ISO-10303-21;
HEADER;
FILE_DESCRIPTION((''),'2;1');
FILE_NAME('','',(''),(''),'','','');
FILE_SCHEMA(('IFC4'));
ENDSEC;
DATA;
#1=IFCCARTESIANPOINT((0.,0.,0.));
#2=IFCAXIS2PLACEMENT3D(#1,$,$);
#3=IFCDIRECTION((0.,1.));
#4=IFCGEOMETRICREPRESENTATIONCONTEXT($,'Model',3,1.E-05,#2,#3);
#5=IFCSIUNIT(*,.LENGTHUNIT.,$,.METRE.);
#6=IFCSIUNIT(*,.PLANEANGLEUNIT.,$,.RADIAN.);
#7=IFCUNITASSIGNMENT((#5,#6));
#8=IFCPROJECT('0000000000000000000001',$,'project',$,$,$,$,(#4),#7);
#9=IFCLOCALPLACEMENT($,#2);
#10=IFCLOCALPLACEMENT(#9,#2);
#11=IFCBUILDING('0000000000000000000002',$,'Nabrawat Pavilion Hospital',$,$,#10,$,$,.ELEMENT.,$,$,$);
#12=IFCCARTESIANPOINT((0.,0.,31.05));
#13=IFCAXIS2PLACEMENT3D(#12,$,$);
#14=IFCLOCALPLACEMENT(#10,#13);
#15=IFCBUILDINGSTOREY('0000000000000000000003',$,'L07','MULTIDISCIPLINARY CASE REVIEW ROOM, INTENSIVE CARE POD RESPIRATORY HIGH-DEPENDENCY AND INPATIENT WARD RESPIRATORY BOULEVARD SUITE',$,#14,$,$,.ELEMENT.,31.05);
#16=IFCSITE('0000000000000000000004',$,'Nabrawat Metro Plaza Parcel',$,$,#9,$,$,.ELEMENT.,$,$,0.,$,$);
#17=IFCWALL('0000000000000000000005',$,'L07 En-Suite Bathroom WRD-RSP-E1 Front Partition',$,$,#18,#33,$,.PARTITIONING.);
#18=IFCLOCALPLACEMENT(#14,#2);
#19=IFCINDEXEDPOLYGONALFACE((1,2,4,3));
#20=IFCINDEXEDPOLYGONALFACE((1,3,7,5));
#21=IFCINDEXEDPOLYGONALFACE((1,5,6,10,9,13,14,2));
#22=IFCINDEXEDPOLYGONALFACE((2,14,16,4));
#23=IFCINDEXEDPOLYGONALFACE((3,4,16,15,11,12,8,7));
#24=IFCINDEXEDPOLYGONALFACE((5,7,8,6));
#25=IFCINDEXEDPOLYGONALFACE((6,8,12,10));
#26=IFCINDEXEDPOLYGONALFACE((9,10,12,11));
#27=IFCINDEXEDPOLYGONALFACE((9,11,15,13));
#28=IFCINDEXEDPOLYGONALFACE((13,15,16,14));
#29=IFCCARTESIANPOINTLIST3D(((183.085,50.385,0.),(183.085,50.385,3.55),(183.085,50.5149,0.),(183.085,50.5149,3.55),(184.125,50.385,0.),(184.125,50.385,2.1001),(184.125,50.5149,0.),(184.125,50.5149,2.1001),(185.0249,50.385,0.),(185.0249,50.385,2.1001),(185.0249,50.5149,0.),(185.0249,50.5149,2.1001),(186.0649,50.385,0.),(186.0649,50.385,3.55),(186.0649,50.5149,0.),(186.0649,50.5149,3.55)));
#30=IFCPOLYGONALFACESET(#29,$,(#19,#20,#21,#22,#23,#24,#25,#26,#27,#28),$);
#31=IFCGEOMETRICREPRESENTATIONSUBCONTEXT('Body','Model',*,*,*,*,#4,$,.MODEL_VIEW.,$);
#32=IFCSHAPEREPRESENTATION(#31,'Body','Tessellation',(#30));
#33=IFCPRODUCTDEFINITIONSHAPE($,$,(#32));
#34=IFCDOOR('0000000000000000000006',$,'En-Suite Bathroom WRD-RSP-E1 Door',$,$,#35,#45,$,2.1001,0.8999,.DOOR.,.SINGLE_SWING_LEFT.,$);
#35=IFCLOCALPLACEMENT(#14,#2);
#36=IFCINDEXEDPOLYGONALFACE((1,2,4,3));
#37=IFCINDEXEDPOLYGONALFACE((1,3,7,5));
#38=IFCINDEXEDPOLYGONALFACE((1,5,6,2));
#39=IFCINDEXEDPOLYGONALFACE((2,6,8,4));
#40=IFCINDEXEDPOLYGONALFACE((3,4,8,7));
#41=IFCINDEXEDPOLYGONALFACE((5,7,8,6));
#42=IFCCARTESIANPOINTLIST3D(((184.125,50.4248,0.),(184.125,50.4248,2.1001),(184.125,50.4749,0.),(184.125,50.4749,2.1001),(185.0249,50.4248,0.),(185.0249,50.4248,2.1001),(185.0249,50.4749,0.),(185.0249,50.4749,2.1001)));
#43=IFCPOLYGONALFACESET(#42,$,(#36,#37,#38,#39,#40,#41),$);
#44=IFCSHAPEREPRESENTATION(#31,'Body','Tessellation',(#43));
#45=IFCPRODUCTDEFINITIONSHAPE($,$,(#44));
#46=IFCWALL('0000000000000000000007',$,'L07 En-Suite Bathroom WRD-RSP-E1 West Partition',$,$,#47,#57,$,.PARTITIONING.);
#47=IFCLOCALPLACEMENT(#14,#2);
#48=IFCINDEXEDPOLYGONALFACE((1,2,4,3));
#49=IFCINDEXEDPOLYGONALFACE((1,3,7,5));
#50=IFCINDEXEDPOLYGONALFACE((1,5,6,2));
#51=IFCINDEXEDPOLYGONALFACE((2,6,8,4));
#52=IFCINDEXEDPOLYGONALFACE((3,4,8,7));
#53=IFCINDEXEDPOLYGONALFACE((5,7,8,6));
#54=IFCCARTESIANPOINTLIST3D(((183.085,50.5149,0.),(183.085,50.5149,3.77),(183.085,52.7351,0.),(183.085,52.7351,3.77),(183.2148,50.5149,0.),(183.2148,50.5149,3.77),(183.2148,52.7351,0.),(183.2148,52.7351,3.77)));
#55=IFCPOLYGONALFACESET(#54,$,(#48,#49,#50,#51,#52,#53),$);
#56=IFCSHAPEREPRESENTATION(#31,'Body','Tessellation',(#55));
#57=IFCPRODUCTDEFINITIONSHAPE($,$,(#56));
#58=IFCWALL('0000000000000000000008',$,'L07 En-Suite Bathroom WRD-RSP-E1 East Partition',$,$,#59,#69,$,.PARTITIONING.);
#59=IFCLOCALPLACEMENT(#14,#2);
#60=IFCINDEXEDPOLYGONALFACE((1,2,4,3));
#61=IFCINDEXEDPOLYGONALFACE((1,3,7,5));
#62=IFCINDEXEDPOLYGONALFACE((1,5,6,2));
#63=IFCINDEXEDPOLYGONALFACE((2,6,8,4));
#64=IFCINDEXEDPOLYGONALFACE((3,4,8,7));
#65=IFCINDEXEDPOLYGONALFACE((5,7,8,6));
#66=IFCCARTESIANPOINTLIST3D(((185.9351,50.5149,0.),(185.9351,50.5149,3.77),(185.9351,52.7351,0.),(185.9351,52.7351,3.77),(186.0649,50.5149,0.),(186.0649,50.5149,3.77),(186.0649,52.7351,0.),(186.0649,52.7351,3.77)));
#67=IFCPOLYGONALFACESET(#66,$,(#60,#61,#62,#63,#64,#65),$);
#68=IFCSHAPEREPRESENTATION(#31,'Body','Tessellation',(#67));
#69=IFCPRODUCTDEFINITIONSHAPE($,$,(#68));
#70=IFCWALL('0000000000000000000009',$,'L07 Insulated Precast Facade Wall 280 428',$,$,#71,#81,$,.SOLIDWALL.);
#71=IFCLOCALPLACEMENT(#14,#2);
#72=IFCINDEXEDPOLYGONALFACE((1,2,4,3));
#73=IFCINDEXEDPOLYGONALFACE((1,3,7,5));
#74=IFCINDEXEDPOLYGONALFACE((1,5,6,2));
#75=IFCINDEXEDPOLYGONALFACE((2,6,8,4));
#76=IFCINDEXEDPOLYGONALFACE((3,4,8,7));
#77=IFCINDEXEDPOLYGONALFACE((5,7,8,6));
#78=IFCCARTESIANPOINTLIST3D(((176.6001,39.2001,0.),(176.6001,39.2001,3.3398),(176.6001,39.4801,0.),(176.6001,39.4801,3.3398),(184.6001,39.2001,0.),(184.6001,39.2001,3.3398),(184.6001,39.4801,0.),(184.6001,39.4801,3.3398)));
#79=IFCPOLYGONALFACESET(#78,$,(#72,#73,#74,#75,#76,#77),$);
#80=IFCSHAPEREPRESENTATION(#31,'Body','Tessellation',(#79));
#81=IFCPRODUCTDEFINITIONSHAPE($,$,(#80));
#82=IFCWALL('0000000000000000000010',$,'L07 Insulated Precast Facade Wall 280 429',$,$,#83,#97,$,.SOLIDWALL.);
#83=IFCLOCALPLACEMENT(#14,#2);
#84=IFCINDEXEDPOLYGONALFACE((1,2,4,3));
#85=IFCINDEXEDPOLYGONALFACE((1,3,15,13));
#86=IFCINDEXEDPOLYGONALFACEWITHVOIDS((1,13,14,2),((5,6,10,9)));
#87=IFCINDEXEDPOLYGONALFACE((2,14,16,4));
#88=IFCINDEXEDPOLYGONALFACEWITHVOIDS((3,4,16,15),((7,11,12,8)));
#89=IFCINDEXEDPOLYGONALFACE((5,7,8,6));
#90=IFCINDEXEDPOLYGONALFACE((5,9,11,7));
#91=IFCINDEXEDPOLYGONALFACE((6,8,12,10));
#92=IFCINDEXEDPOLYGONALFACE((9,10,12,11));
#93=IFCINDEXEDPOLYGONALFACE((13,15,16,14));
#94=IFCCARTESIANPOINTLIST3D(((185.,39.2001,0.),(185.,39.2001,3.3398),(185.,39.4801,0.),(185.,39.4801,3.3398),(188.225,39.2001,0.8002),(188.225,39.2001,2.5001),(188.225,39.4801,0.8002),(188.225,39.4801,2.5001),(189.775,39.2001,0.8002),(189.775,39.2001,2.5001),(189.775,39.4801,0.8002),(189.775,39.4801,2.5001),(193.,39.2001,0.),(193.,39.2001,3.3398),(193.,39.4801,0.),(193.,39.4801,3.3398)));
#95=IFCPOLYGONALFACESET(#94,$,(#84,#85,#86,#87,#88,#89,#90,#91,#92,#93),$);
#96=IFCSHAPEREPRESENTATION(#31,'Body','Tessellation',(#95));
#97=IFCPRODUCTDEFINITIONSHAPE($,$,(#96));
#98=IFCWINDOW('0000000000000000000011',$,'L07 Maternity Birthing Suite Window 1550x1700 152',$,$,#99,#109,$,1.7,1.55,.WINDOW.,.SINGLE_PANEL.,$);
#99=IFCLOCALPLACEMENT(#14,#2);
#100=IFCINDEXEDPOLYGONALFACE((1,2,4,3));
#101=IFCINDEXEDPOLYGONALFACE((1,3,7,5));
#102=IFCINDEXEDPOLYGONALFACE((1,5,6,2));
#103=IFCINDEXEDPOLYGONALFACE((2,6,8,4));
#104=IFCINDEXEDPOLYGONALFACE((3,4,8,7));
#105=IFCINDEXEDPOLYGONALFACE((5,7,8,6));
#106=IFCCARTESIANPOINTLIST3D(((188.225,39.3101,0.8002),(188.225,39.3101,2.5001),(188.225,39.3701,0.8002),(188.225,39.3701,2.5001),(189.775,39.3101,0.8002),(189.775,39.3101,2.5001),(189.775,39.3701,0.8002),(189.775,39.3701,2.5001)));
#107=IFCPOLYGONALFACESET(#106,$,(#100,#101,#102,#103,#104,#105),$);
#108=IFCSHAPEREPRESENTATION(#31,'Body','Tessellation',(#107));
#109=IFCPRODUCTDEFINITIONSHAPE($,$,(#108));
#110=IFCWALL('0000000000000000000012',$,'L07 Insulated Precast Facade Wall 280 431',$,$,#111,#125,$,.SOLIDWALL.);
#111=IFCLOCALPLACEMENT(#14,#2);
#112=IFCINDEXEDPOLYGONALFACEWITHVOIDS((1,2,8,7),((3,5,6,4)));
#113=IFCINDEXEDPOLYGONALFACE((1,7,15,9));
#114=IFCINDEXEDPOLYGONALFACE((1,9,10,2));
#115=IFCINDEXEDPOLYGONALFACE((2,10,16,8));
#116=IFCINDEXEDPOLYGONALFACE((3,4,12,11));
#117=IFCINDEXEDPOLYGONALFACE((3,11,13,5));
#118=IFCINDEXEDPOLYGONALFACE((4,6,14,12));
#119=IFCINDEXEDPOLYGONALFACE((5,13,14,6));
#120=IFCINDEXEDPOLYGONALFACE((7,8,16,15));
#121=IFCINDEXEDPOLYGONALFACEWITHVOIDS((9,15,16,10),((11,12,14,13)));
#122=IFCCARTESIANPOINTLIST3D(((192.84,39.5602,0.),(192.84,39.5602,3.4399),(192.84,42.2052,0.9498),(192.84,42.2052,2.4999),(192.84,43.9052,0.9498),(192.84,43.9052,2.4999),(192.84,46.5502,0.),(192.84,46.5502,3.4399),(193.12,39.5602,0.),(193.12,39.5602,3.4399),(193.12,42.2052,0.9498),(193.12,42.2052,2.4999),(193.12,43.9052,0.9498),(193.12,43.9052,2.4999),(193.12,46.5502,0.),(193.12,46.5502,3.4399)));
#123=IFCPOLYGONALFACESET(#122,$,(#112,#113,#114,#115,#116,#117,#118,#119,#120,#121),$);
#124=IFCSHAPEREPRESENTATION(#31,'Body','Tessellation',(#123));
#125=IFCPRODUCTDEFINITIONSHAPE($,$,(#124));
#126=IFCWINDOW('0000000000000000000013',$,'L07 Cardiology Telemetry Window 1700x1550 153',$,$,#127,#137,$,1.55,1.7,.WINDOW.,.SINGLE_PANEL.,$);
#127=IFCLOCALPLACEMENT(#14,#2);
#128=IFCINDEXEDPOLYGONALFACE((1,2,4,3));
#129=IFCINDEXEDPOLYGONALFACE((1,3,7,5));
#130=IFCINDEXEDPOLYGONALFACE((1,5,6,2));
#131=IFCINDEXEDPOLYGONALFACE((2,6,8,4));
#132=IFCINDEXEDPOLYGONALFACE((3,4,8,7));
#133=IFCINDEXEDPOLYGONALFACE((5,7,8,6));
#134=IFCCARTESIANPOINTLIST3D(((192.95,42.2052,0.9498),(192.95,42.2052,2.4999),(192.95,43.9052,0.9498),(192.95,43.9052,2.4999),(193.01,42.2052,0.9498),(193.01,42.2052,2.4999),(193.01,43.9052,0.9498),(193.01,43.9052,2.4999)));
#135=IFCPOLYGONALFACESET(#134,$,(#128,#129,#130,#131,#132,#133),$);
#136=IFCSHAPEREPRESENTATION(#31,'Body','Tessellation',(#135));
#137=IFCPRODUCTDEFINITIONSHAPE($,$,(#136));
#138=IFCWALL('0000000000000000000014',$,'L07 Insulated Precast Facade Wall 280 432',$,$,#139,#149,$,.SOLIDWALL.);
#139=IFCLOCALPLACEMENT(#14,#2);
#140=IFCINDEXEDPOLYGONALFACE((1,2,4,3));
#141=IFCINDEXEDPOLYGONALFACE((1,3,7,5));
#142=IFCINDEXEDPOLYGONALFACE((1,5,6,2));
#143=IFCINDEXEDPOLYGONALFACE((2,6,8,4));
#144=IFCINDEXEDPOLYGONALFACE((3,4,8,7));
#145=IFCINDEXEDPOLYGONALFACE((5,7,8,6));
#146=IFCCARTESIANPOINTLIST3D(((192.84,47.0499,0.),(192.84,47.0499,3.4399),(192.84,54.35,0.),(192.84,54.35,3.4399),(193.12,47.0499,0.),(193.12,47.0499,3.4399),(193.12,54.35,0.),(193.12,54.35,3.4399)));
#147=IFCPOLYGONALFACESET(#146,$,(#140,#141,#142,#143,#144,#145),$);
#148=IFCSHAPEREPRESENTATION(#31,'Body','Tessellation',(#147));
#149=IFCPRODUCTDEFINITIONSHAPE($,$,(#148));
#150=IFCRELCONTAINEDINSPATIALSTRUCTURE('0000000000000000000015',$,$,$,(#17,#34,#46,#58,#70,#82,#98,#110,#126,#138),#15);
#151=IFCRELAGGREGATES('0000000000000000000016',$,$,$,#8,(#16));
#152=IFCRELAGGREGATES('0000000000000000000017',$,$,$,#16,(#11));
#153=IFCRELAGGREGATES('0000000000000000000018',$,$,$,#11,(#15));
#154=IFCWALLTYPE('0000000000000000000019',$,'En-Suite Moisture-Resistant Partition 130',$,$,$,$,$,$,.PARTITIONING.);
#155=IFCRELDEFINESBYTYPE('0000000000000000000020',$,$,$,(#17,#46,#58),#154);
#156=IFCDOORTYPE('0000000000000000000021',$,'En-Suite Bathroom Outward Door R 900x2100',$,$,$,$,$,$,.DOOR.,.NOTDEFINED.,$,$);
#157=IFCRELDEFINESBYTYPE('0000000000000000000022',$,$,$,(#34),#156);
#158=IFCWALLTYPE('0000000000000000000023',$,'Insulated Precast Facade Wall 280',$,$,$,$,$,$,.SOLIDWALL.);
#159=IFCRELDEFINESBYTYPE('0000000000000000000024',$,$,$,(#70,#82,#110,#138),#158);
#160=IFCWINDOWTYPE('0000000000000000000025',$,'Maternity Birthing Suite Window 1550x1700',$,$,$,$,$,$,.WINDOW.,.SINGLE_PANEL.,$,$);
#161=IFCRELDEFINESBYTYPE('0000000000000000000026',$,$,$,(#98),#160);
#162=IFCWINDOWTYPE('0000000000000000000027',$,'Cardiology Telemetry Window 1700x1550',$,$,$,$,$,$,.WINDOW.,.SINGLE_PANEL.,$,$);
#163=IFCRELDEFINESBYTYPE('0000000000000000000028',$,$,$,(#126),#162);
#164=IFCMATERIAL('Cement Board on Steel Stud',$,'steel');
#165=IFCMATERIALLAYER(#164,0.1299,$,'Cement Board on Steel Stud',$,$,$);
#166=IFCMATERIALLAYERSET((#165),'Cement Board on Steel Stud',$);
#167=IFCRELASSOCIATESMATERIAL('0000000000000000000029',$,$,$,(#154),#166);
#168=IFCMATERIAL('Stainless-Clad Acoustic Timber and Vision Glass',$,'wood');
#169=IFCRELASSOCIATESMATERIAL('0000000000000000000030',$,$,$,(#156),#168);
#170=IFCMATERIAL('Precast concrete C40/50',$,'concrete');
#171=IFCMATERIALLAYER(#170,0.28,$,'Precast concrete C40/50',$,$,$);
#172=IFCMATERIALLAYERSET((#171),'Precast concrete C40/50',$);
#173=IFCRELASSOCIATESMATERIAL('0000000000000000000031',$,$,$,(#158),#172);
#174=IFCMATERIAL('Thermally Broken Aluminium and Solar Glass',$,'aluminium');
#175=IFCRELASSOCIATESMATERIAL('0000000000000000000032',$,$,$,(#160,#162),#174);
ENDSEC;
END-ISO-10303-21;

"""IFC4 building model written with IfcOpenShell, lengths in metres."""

from ifc_helpers import new_model, si_unit, direction, frame, frame_2d, origin, place, context, subcontext, project, spatial, rectangle, extrude, material, layer, layer_set, type_object, element, fill, save


model = new_model("IFC4")

# Units and contexts
model_context = context("Model", 3, precision=1e-05, world=origin(), true_north=direction((0.0, 1.0)))
body_context = subcontext(model_context, "Body", "Model", "MODEL_VIEW")
ifc_project = project(units=[si_unit("LENGTHUNIT", "METRE"), si_unit("PLANEANGLEUNIT", "RADIAN")], contexts=[model_context])

# Site, building, storey
site_placement = place(None, origin())
site = spatial("IfcSite", under=ifc_project, at=site_placement, Name="Nabrawat Metro Plaza Parcel", CompositionType="ELEMENT", RefElevation=0.0)
building_placement = place(site_placement, origin())
building = spatial("IfcBuilding", under=site, at=building_placement, Name="Nabrawat Pavilion Hospital", CompositionType="ELEMENT")
storey_placement = place(building_placement, frame((0.0, 0.0, 31.05)))
storey = spatial("IfcBuildingStorey", under=building, at=storey_placement, Name="L07", Description="MULTIDISCIPLINARY CASE REVIEW ROOM, INTENSIVE CARE POD RESPIRATORY HIGH-DEPENDENCY AND INPATIENT WARD RESPIRATORY BOULEVARD SUITE", CompositionType="ELEMENT", Elevation=31.05)

# Wall, opening, door
ifc_material_1 = material(Name="Stainless-Clad Acoustic Timber and Vision Glass", Category="wood")
ifc_material_2 = material(Name="Cement Board on Steel Stud", Category="steel")
ifc_layer_1 = layer(ifc_material_2, 0.1299, Name="Cement Board on Steel Stud")
ifc_layer_set_1 = layer_set([ifc_layer_1], Name="Cement Board on Steel Stud")
wall_type_1 = type_object("IfcWallType", Name="En-Suite Moisture-Resistant Partition 130", PredefinedType="PARTITIONING", material=ifc_layer_set_1)
wall_1_placement = place(storey_placement, frame((183.085, 50.45, 0.0), z_axis=(0.0, 0.0, 1.0), x_axis=(1.0, 0.0, 0.0)))
wall_1 = element("IfcWall", 1, at=wall_1_placement, inside=storey, type_object=wall_type_1, Name="L07 En-Suite Bathroom WRD-RSP-E1 Front Partition", PredefinedType="PARTITIONING", context=body_context, shape_type="SweptSolid", body=[
    extrude(rectangle(XDim=2.98, YDim=0.1299, at=frame_2d((1.49, 0.0))), origin(), (0.0, 0.0, 1.0), 3.55),
])
opening_1_placement = place(wall_1_placement, frame((1.04, 0.0, 0.0)))
opening_1 = element("IfcOpeningElement", 2, at=opening_1_placement, cuts=wall_1, PredefinedType="OPENING", context=body_context, shape_type="SweptSolid", body=[
    extrude(rectangle(XDim=0.8999, YDim=2.1001, at=frame_2d((0.45, 1.05))), frame((0.0, 0.075, 0.0), z_axis=(0.0, -1.0, 0.0), x_axis=(1.0, 0.0, 0.0)), (0.0, 0.0, 1.0), 0.1499),
])
door_type_1 = type_object("IfcDoorType", Name="En-Suite Bathroom Outward Door R 900x2100", OperationType="NOTDEFINED", PredefinedType="DOOR", material=ifc_material_1)
door_1_placement = place(opening_1_placement, origin())
door_1 = element("IfcDoor", 3, at=door_1_placement, inside=storey, type_object=door_type_1, Name="En-Suite Bathroom WRD-RSP-E1 Door", OperationType="SINGLE_SWING_LEFT", OverallHeight=2.1001, OverallWidth=0.8999, PredefinedType="DOOR", context=body_context, shape_type="SweptSolid", body=[
    extrude(rectangle(XDim=0.8999, YDim=2.1001, at=frame_2d((0.45, 1.05))), frame((0.0, 0.0249, 0.0), z_axis=(0.0, -1.0, 0.0), x_axis=(1.0, 0.0, 0.0)), (0.0, 0.0, 1.0), 0.05),
])
fill(opening_1, door_1)

# Walls
for number, where, z_axis, x_axis, name in (
    (4, (183.1499, 50.5149, 0.0), (0.0, 0.0, 1.0), (0.0, 1.0, 0.0), "L07 En-Suite Bathroom WRD-RSP-E1 West Partition"),
    (5, (186.0, 50.5149, 0.0), (0.0, 0.0, 1.0), (0.0, 1.0, 0.0), "L07 En-Suite Bathroom WRD-RSP-E1 East Partition"),
):
    element("IfcWall", number, at=place(storey_placement, frame(where, z_axis=z_axis, x_axis=x_axis)), inside=storey, type_object=wall_type_1, Name=name, PredefinedType="PARTITIONING", context=body_context, shape_type="SweptSolid", body=[
        extrude(rectangle(XDim=2.2202, YDim=0.1299, at=frame_2d((1.1101, 0.0))), origin(), (0.0, 0.0, 1.0), 3.77),
    ])
ifc_material_3 = material(Name="Precast concrete C40/50", Category="concrete")
ifc_layer_2 = layer(ifc_material_3, 0.28, Name="Precast concrete C40/50")
ifc_layer_set_2 = layer_set([ifc_layer_2], Name="Precast concrete C40/50")
wall_type_2 = type_object("IfcWallType", Name="Insulated Precast Facade Wall 280", PredefinedType="SOLIDWALL", material=ifc_layer_set_2)
wall_2_placement = place(storey_placement, frame((176.6001, 39.3401, 0.0), z_axis=(0.0, 0.0, 1.0), x_axis=(1.0, 0.0, 0.0)))
element("IfcWall", 6, at=wall_2_placement, inside=storey, type_object=wall_type_2, Name="L07 Insulated Precast Facade Wall 280 428", PredefinedType="SOLIDWALL", context=body_context, shape_type="SweptSolid", body=[
    extrude(rectangle(XDim=8.0, YDim=0.28, at=frame_2d((4.0, 0.0))), origin(), (0.0, 0.0, 1.0), 3.3398),
])

# Walls, openings, windows
wall_3_placement = place(storey_placement, frame((185.0, 39.3401, 0.0), z_axis=(0.0, 0.0, 1.0), x_axis=(1.0, 0.0, 0.0)))
wall_3 = element("IfcWall", 7, at=wall_3_placement, inside=storey, type_object=wall_type_2, Name="L07 Insulated Precast Facade Wall 280 429", PredefinedType="SOLIDWALL", context=body_context, shape_type="SweptSolid", body=[
    extrude(rectangle(XDim=8.0, YDim=0.28, at=frame_2d((4.0, 0.0))), origin(), (0.0, 0.0, 1.0), 3.3398),
])
opening_2_placement = place(wall_3_placement, frame((3.2251, 0.0, 0.8)))
opening_2 = element("IfcOpeningElement", 8, at=opening_2_placement, cuts=wall_3, PredefinedType="OPENING", context=body_context, shape_type="SweptSolid", body=[
    extrude(rectangle(XDim=1.55, YDim=1.7, at=frame_2d((0.7749, 0.8501))), frame((0.0, 0.1499, 0.0), z_axis=(0.0, -1.0, 0.0), x_axis=(1.0, 0.0, 0.0)), (0.0, 0.0, 1.0), 0.3),
])
ifc_material_4 = material(Name="Thermally Broken Aluminium and Solar Glass", Category="aluminium")
window_type_1 = type_object("IfcWindowType", Name="Maternity Birthing Suite Window 1550x1700", PartitioningType="SINGLE_PANEL", PredefinedType="WINDOW", material=ifc_material_4)
window_1_placement = place(opening_2_placement, origin())
window_1 = element("IfcWindow", 9, at=window_1_placement, inside=storey, type_object=window_type_1, Name="L07 Maternity Birthing Suite Window 1550x1700 152", OverallHeight=1.7, OverallWidth=1.55, PartitioningType="SINGLE_PANEL", PredefinedType="WINDOW", context=body_context, shape_type="SweptSolid", body=[
    extrude(rectangle(XDim=1.55, YDim=1.7, at=frame_2d((0.7749, 0.8501))), frame((0.0, 0.03, 0.0), z_axis=(0.0, -1.0, 0.0), x_axis=(1.0, 0.0, 0.0)), (0.0, 0.0, 1.0), 0.0601),
])
fill(opening_2, window_1)
wall_4_placement = place(storey_placement, frame((192.98, 39.5601, 0.0), z_axis=(0.0, 0.0, 1.0), x_axis=(0.0, 1.0, 0.0)))
wall_4 = element("IfcWall", 10, at=wall_4_placement, inside=storey, type_object=wall_type_2, Name="L07 Insulated Precast Facade Wall 280 431", PredefinedType="SOLIDWALL", context=body_context, shape_type="SweptSolid", body=[
    extrude(rectangle(XDim=6.99, YDim=0.28, at=frame_2d((3.4951, 0.0))), origin(), (0.0, 0.0, 1.0), 3.4399),
])
opening_3_placement = place(wall_4_placement, frame((2.645, 0.0, 0.95)))
opening_3 = element("IfcOpeningElement", 11, at=opening_3_placement, cuts=wall_4, PredefinedType="OPENING", context=body_context, shape_type="SweptSolid", body=[
    extrude(rectangle(XDim=1.7, YDim=1.55, at=frame_2d((0.8501, 0.7749))), frame((0.0, 0.1499, 0.0), z_axis=(0.0, -1.0, 0.0), x_axis=(1.0, 0.0, 0.0)), (0.0, 0.0, 1.0), 0.3),
])
window_type_2 = type_object("IfcWindowType", Name="Cardiology Telemetry Window 1700x1550", PartitioningType="SINGLE_PANEL", PredefinedType="WINDOW", material=ifc_material_4)
window_2_placement = place(opening_3_placement, origin())
window_2 = element("IfcWindow", 12, at=window_2_placement, inside=storey, type_object=window_type_2, Name="L07 Cardiology Telemetry Window 1700x1550 153", OverallHeight=1.55, OverallWidth=1.7, PartitioningType="SINGLE_PANEL", PredefinedType="WINDOW", context=body_context, shape_type="SweptSolid", body=[
    extrude(rectangle(XDim=1.7, YDim=1.55, at=frame_2d((0.8501, 0.7749))), frame((0.0, 0.03, 0.0), z_axis=(0.0, -1.0, 0.0), x_axis=(1.0, 0.0, 0.0)), (0.0, 0.0, 1.0), 0.0601),
])
fill(opening_3, window_2)

# Wall
wall_5_placement = place(storey_placement, frame((192.98, 47.05, 0.0), z_axis=(0.0, 0.0, 1.0), x_axis=(0.0, 1.0, 0.0)))
element("IfcWall", 13, at=wall_5_placement, inside=storey, type_object=wall_type_2, Name="L07 Insulated Precast Facade Wall 280 432", PredefinedType="SOLIDWALL", context=body_context, shape_type="SweptSolid", body=[
    extrude(rectangle(XDim=7.3, YDim=0.28, at=frame_2d((3.6499, 0.0))), origin(), (0.0, 0.0, 1.0), 3.4399),
])

save(model, "model.ifc")
